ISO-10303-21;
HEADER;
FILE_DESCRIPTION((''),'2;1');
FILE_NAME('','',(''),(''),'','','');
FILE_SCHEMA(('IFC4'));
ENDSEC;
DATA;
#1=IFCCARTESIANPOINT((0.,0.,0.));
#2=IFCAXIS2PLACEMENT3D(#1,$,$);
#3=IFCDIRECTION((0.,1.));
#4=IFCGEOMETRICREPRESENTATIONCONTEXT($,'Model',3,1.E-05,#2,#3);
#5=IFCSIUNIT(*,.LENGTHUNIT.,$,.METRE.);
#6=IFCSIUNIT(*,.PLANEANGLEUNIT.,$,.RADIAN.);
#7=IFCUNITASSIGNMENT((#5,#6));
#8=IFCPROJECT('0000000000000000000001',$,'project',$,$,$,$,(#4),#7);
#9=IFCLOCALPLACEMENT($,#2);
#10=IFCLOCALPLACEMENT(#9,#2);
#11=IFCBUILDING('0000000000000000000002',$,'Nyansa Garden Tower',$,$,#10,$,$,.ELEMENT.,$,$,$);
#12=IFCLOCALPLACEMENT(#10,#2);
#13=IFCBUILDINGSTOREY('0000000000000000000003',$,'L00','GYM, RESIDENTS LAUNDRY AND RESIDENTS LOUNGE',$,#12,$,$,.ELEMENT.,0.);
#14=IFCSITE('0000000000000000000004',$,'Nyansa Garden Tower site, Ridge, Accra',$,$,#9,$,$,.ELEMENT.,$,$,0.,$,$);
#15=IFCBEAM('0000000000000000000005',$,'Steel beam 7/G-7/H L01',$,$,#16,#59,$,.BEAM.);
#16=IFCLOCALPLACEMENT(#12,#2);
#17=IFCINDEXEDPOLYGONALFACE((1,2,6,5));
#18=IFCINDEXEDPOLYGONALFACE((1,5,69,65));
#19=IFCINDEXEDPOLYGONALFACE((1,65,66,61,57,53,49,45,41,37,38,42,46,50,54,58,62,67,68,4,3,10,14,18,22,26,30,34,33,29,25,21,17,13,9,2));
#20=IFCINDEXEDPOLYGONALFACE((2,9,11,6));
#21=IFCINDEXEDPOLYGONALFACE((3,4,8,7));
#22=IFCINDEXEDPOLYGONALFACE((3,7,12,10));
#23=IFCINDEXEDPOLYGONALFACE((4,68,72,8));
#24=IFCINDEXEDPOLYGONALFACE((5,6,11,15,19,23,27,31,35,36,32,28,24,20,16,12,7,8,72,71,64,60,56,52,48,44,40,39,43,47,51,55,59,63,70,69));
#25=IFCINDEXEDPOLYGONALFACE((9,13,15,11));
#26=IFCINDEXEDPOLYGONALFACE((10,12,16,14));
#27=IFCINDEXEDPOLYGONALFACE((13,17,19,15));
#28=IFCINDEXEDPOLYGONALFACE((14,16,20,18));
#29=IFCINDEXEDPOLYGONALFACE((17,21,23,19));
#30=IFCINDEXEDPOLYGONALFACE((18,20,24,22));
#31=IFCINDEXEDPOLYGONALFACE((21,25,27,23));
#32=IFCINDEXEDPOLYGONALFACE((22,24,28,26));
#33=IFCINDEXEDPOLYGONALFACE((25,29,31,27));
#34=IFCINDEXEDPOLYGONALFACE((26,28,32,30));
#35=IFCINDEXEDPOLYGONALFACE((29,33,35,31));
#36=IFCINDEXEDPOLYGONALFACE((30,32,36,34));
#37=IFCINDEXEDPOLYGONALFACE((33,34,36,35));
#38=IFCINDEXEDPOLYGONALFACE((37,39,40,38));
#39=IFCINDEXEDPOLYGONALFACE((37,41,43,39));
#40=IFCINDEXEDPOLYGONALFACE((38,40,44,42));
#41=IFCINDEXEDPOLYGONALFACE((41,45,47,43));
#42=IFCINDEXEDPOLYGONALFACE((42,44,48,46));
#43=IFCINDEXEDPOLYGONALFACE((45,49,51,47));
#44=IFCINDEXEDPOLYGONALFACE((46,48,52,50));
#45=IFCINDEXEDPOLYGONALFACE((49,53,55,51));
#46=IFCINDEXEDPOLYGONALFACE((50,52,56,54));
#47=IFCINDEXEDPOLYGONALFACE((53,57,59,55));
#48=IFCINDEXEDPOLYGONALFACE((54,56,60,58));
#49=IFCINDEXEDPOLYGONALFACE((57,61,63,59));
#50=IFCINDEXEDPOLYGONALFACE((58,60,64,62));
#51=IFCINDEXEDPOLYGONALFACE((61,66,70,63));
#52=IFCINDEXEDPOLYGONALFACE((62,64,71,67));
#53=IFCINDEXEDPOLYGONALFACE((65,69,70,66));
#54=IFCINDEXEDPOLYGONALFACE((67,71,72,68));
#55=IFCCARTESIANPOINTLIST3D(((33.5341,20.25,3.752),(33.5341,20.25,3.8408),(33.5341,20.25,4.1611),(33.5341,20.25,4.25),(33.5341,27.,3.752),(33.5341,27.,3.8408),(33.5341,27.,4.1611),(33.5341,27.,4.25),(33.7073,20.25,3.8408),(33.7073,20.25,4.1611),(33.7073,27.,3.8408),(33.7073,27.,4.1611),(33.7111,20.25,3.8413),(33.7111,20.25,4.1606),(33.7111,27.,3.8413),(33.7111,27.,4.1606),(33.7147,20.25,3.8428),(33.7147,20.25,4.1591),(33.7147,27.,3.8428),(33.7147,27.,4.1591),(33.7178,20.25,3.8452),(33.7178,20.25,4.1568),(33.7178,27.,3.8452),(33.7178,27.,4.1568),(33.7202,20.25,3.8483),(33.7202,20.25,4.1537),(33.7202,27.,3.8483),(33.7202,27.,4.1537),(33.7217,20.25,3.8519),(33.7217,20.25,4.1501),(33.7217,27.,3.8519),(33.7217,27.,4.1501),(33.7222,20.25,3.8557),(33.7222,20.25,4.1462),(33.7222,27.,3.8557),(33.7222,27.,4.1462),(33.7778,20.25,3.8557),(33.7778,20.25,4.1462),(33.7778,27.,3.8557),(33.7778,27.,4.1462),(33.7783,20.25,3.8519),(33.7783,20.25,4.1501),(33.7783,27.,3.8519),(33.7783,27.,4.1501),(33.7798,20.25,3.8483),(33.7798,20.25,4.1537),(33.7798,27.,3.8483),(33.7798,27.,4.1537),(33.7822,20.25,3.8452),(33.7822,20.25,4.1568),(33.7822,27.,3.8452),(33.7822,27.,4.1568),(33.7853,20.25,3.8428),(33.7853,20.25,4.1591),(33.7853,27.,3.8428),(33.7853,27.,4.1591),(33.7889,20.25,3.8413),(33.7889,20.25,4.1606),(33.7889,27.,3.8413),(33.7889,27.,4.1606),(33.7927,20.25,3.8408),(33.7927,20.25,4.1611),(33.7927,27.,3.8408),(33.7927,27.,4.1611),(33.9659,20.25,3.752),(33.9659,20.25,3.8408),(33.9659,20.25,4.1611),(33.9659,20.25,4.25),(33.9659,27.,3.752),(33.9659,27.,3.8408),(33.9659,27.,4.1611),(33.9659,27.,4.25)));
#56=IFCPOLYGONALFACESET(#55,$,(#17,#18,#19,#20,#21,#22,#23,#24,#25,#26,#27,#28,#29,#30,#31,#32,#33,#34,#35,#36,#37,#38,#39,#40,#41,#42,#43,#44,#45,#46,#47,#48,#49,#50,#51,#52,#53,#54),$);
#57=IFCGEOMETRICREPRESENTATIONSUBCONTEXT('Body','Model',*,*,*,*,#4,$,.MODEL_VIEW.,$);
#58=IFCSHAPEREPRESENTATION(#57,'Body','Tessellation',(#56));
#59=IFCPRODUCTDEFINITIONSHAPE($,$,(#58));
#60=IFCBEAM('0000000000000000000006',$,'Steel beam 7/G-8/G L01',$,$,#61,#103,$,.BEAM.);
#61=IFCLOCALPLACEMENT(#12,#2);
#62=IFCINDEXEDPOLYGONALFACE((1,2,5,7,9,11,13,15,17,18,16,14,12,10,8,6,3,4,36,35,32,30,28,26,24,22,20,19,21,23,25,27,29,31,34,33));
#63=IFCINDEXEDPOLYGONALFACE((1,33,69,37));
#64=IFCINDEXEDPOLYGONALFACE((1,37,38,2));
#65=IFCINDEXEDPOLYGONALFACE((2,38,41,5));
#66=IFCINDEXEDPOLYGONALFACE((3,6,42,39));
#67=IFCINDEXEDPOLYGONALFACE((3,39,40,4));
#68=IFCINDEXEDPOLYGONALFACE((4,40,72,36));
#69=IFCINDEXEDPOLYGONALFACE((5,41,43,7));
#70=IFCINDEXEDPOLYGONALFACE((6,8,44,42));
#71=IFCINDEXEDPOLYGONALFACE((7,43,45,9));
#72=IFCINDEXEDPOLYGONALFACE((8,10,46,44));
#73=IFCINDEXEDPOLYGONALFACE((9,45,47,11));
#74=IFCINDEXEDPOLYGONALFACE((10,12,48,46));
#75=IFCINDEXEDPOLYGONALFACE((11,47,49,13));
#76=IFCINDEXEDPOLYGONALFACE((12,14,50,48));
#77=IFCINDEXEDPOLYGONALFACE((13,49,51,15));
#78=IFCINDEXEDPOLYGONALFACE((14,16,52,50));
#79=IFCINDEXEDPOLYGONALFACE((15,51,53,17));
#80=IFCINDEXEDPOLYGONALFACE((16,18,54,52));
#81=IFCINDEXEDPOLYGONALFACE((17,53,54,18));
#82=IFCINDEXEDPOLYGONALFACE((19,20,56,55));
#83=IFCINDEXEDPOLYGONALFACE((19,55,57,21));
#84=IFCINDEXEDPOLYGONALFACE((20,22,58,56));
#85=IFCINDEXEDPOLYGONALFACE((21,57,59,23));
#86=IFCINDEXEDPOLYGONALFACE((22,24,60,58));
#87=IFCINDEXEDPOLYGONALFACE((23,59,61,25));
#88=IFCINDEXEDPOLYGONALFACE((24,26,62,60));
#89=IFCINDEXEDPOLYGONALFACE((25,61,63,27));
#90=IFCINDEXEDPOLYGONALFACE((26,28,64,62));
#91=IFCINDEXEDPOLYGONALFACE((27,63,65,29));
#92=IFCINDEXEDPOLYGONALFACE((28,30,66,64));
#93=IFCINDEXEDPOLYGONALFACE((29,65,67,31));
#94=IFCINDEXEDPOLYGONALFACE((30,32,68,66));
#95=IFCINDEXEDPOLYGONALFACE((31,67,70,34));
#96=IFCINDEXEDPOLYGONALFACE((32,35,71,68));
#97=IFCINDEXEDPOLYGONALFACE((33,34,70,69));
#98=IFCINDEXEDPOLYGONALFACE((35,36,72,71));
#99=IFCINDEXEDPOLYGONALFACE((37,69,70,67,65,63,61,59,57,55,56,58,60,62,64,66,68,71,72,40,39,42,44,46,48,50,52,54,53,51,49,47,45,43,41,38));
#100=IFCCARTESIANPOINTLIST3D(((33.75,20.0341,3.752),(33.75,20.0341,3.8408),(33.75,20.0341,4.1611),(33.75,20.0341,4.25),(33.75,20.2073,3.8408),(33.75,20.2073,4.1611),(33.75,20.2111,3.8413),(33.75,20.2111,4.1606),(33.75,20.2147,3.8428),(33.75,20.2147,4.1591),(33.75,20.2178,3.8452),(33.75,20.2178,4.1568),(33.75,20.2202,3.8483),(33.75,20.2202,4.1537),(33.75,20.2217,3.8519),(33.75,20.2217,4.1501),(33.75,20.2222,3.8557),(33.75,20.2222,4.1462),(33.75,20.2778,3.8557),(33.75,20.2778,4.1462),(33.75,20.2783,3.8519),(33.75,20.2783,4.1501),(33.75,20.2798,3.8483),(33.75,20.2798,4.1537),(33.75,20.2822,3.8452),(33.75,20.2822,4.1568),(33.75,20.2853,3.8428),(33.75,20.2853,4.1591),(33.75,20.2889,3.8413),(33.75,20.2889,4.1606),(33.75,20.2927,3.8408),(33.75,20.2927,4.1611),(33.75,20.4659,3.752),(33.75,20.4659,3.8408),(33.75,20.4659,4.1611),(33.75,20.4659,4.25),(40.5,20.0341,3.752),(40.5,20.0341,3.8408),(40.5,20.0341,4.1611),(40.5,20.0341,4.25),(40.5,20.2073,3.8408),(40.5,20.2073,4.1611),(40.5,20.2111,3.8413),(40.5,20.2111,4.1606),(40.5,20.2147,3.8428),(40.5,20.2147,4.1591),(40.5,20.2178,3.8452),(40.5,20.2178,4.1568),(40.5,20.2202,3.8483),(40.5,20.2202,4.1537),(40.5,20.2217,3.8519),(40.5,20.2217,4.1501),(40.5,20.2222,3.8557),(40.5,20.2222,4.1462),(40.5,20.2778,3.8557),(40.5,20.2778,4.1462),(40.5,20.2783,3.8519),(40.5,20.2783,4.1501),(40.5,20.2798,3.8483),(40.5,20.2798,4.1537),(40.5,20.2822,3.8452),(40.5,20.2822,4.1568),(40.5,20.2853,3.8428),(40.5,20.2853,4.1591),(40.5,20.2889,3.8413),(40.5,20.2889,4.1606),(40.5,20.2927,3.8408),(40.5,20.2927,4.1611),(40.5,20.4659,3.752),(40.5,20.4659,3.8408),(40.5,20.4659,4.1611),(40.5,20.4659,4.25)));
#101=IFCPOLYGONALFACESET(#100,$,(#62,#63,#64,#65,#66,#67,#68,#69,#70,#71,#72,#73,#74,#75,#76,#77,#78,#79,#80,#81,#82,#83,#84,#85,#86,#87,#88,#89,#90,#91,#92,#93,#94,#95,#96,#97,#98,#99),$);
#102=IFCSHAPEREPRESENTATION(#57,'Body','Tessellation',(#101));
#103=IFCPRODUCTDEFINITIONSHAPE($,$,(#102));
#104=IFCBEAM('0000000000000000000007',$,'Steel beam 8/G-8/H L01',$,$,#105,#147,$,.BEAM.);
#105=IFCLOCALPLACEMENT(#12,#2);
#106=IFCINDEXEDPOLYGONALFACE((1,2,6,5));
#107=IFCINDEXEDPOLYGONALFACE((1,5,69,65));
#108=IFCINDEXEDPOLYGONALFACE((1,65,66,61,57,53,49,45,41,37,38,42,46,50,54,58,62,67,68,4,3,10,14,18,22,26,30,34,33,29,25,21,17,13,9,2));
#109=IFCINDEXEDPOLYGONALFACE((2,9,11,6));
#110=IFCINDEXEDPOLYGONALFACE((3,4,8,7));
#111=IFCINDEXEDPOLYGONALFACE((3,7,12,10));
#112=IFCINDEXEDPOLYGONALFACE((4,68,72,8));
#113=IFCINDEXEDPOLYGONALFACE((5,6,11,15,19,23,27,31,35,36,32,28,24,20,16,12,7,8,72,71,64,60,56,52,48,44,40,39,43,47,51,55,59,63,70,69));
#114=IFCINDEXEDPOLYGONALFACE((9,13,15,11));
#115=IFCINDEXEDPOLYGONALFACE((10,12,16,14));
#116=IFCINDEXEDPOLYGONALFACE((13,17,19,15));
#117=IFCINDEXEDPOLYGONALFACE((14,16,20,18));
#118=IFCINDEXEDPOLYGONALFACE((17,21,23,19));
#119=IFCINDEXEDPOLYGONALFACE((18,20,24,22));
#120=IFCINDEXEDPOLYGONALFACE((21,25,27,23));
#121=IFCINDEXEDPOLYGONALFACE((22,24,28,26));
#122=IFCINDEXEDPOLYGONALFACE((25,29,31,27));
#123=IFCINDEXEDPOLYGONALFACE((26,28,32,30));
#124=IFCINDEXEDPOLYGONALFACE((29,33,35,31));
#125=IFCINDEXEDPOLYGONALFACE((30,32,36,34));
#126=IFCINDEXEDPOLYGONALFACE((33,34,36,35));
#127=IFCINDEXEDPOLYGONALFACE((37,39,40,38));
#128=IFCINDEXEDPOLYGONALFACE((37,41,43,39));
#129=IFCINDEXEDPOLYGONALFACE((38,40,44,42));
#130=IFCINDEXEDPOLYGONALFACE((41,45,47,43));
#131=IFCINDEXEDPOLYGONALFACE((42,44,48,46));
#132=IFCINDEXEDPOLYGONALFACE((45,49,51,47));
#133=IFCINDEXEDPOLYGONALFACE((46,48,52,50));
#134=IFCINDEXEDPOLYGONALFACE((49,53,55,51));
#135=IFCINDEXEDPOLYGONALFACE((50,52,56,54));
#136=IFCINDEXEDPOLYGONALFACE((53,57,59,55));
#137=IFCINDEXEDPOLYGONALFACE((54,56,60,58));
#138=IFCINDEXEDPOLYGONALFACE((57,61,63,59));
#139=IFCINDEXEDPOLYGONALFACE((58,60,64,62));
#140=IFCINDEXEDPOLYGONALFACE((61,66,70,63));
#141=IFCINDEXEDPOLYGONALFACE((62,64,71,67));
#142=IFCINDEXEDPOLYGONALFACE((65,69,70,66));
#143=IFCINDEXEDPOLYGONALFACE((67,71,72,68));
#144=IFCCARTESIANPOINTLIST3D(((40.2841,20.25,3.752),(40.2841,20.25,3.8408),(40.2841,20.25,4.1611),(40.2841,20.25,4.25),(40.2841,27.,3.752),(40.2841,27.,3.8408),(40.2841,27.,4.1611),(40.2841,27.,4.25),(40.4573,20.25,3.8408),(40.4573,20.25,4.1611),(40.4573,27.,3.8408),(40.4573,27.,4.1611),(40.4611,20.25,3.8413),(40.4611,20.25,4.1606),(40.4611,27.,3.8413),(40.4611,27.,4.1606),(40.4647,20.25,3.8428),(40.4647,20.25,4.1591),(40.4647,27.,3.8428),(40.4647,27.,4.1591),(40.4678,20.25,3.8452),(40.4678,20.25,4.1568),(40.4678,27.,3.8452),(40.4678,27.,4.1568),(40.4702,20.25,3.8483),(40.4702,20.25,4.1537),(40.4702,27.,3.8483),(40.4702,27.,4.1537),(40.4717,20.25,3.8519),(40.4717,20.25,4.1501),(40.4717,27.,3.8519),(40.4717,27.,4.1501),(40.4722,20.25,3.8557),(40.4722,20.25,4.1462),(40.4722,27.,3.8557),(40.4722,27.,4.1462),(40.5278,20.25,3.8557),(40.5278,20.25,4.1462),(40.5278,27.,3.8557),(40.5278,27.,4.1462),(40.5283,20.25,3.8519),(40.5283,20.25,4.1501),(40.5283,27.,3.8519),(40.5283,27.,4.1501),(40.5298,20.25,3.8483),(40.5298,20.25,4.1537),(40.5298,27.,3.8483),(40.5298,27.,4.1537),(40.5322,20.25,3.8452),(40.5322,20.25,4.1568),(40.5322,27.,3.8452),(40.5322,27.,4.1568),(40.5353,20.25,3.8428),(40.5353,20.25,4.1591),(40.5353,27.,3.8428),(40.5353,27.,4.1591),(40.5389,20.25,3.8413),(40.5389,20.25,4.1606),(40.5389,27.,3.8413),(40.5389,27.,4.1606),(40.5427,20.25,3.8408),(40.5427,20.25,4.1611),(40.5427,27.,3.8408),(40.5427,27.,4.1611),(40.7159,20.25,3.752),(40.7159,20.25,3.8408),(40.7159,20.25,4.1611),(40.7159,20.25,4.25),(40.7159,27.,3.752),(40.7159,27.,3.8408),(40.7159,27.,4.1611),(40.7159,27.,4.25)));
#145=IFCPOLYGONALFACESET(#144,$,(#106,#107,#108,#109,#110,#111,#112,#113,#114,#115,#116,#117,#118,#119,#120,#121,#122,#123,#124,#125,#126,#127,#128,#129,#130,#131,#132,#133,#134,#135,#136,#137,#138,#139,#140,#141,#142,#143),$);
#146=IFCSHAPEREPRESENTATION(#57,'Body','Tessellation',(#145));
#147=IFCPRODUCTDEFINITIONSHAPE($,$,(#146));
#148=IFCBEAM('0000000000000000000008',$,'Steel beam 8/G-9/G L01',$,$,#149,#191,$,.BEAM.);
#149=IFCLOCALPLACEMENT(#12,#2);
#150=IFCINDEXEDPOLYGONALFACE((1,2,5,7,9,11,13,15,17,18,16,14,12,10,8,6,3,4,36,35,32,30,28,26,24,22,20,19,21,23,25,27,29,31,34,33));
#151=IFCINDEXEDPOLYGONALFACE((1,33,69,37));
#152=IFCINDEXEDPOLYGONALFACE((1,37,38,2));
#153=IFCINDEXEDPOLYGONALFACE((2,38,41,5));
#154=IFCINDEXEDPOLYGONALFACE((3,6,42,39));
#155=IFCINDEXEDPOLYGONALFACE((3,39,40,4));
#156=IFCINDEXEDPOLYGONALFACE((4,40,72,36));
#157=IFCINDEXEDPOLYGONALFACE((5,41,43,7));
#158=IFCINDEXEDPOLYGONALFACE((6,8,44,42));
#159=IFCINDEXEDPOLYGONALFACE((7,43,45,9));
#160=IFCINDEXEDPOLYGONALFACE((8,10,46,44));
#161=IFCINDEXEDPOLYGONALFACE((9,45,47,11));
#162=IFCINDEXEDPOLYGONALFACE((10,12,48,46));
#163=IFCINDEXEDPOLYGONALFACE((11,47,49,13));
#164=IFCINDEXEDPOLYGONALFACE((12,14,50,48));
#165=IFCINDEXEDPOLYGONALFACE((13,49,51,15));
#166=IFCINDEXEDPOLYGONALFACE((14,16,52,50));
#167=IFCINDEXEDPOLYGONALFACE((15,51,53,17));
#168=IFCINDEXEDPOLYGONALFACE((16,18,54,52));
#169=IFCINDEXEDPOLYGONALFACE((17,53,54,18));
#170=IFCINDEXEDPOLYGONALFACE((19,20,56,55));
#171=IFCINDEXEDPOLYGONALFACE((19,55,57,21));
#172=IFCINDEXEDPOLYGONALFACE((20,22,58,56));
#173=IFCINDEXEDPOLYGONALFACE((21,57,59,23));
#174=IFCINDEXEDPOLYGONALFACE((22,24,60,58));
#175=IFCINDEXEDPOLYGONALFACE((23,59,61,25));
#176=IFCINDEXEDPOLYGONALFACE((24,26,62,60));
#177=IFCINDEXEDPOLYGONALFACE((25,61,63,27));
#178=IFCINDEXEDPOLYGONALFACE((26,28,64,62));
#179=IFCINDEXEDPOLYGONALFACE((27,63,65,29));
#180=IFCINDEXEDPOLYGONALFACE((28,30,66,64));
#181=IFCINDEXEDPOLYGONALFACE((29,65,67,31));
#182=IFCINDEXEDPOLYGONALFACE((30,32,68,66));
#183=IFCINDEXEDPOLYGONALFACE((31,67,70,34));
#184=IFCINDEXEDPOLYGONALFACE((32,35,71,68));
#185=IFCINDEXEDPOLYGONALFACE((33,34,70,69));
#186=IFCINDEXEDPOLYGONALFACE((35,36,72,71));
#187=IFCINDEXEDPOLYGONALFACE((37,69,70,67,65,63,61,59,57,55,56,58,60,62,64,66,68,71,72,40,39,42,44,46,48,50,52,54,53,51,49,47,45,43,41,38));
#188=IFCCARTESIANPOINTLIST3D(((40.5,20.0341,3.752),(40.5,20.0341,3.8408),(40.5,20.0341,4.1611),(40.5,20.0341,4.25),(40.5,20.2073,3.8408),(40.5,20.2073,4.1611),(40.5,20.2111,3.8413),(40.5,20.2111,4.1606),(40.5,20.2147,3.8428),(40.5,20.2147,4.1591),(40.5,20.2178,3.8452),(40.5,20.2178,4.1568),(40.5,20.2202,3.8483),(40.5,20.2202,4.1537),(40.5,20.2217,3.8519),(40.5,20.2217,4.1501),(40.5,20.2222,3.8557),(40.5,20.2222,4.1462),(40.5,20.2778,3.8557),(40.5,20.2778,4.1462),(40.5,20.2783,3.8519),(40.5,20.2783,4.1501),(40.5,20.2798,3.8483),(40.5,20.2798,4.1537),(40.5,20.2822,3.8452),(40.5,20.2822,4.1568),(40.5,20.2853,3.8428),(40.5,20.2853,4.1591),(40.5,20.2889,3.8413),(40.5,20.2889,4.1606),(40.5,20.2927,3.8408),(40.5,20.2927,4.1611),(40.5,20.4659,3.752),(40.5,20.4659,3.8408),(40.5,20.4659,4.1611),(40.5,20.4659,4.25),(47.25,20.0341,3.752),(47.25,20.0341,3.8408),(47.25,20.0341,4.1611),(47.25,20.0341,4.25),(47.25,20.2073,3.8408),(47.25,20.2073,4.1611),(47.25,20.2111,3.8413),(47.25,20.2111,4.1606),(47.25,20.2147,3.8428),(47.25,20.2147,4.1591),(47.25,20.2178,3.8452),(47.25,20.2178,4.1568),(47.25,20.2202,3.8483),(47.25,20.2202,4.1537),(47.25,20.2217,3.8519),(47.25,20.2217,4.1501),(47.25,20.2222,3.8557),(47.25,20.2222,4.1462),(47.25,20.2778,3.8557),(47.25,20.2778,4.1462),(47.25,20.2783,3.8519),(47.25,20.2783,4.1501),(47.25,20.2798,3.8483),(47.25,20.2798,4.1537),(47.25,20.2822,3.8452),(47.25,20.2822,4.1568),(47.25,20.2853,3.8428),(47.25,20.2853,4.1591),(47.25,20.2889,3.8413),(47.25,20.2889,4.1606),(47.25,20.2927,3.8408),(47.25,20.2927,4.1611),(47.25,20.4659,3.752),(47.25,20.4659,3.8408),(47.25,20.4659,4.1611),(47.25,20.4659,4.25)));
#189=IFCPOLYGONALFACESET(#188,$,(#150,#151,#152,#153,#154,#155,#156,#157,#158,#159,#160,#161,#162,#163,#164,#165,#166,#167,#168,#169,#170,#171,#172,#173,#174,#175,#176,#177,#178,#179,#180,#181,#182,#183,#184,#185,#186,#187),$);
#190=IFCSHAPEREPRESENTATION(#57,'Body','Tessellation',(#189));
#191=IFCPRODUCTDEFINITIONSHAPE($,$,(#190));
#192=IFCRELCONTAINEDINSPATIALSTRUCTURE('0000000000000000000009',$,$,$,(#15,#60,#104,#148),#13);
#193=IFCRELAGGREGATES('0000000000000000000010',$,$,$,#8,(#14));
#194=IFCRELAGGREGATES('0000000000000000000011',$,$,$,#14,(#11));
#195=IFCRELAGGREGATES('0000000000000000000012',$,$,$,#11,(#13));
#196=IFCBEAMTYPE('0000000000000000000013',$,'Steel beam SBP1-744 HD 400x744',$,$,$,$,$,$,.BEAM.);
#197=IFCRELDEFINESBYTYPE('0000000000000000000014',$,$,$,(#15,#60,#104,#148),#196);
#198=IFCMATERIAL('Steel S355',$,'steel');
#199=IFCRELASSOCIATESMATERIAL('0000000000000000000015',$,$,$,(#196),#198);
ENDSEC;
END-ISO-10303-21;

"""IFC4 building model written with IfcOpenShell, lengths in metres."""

from ifc_helpers import new_model, si_unit, direction, frame, origin, origin_2d, place, context, subcontext, project, spatial, i_section, extrude, material, material_profile, profile_set, type_object, element, save


model = new_model("IFC4")

# Units and contexts
model_context = context("Model", 3, precision=1e-05, world=origin(), true_north=direction((0.0, 1.0)))
body_context = subcontext(model_context, "Body", "Model", "MODEL_VIEW")
ifc_project = project(units=[si_unit("LENGTHUNIT", "METRE"), si_unit("PLANEANGLEUNIT", "RADIAN")], contexts=[model_context])

# Site, building, storey
site_placement = place(None, origin())
site = spatial("IfcSite", under=ifc_project, at=site_placement, Name="Nyansa Garden Tower site, Ridge, Accra", CompositionType="ELEMENT", RefElevation=0.0)
building_placement = place(site_placement, origin())
building = spatial("IfcBuilding", under=site, at=building_placement, Name="Nyansa Garden Tower", CompositionType="ELEMENT")
storey_placement = place(building_placement, origin())
storey = spatial("IfcBuildingStorey", under=building, at=storey_placement, Name="L00", Description="GYM, RESIDENTS LAUNDRY AND RESIDENTS LOUNGE", CompositionType="ELEMENT", Elevation=0.0)

# Beams
ifc_material_1 = material(Name="Steel S355", Category="steel")
ifc_material_profile_1 = material_profile(ifc_material_1, i_section(OverallWidth=0.4319, OverallDepth=0.498, WebThickness=0.0557, FlangeThickness=0.0889, FilletRadius=0.0149, at=origin_2d()), Name="HD 400x744")
ifc_profile_set_1 = profile_set([ifc_material_profile_1], Name="Steel S355")
beam_type_1 = type_object("IfcBeamType", Name="Steel beam SBP1-744 HD 400x744", PredefinedType="BEAM", material=ifc_profile_set_1)
for number, where, z_axis, x_axis, name in (
    (1, (33.75, 20.25, 4.001), (0.0, 1.0, 0.0), (-1.0, 0.0, 0.0), "Steel beam 7/G-7/H L01"),
    (2, (33.75, 20.25, 4.001), (1.0, 0.0, 0.0), (0.0, 1.0, 0.0), "Steel beam 7/G-8/G L01"),
    (3, (40.5, 20.25, 4.001), (0.0, 1.0, 0.0), (-1.0, 0.0, 0.0), "Steel beam 8/G-8/H L01"),
    (4, (40.5, 20.25, 4.001), (1.0, 0.0, 0.0), (0.0, 1.0, 0.0), "Steel beam 8/G-9/G L01"),
):
    element("IfcBeam", number, at=place(storey_placement, frame(where, z_axis=z_axis, x_axis=x_axis)), inside=storey, type_object=beam_type_1, Name=name, PredefinedType="BEAM", context=body_context, shape_type="SweptSolid", body=[
        extrude(i_section(OverallWidth=0.4319, OverallDepth=0.498, WebThickness=0.0557, FlangeThickness=0.0889, FilletRadius=0.0149, at=origin_2d()), origin(), (0.0, 0.0, 1.0), 6.75),
    ])

save(model, "model.ifc")
